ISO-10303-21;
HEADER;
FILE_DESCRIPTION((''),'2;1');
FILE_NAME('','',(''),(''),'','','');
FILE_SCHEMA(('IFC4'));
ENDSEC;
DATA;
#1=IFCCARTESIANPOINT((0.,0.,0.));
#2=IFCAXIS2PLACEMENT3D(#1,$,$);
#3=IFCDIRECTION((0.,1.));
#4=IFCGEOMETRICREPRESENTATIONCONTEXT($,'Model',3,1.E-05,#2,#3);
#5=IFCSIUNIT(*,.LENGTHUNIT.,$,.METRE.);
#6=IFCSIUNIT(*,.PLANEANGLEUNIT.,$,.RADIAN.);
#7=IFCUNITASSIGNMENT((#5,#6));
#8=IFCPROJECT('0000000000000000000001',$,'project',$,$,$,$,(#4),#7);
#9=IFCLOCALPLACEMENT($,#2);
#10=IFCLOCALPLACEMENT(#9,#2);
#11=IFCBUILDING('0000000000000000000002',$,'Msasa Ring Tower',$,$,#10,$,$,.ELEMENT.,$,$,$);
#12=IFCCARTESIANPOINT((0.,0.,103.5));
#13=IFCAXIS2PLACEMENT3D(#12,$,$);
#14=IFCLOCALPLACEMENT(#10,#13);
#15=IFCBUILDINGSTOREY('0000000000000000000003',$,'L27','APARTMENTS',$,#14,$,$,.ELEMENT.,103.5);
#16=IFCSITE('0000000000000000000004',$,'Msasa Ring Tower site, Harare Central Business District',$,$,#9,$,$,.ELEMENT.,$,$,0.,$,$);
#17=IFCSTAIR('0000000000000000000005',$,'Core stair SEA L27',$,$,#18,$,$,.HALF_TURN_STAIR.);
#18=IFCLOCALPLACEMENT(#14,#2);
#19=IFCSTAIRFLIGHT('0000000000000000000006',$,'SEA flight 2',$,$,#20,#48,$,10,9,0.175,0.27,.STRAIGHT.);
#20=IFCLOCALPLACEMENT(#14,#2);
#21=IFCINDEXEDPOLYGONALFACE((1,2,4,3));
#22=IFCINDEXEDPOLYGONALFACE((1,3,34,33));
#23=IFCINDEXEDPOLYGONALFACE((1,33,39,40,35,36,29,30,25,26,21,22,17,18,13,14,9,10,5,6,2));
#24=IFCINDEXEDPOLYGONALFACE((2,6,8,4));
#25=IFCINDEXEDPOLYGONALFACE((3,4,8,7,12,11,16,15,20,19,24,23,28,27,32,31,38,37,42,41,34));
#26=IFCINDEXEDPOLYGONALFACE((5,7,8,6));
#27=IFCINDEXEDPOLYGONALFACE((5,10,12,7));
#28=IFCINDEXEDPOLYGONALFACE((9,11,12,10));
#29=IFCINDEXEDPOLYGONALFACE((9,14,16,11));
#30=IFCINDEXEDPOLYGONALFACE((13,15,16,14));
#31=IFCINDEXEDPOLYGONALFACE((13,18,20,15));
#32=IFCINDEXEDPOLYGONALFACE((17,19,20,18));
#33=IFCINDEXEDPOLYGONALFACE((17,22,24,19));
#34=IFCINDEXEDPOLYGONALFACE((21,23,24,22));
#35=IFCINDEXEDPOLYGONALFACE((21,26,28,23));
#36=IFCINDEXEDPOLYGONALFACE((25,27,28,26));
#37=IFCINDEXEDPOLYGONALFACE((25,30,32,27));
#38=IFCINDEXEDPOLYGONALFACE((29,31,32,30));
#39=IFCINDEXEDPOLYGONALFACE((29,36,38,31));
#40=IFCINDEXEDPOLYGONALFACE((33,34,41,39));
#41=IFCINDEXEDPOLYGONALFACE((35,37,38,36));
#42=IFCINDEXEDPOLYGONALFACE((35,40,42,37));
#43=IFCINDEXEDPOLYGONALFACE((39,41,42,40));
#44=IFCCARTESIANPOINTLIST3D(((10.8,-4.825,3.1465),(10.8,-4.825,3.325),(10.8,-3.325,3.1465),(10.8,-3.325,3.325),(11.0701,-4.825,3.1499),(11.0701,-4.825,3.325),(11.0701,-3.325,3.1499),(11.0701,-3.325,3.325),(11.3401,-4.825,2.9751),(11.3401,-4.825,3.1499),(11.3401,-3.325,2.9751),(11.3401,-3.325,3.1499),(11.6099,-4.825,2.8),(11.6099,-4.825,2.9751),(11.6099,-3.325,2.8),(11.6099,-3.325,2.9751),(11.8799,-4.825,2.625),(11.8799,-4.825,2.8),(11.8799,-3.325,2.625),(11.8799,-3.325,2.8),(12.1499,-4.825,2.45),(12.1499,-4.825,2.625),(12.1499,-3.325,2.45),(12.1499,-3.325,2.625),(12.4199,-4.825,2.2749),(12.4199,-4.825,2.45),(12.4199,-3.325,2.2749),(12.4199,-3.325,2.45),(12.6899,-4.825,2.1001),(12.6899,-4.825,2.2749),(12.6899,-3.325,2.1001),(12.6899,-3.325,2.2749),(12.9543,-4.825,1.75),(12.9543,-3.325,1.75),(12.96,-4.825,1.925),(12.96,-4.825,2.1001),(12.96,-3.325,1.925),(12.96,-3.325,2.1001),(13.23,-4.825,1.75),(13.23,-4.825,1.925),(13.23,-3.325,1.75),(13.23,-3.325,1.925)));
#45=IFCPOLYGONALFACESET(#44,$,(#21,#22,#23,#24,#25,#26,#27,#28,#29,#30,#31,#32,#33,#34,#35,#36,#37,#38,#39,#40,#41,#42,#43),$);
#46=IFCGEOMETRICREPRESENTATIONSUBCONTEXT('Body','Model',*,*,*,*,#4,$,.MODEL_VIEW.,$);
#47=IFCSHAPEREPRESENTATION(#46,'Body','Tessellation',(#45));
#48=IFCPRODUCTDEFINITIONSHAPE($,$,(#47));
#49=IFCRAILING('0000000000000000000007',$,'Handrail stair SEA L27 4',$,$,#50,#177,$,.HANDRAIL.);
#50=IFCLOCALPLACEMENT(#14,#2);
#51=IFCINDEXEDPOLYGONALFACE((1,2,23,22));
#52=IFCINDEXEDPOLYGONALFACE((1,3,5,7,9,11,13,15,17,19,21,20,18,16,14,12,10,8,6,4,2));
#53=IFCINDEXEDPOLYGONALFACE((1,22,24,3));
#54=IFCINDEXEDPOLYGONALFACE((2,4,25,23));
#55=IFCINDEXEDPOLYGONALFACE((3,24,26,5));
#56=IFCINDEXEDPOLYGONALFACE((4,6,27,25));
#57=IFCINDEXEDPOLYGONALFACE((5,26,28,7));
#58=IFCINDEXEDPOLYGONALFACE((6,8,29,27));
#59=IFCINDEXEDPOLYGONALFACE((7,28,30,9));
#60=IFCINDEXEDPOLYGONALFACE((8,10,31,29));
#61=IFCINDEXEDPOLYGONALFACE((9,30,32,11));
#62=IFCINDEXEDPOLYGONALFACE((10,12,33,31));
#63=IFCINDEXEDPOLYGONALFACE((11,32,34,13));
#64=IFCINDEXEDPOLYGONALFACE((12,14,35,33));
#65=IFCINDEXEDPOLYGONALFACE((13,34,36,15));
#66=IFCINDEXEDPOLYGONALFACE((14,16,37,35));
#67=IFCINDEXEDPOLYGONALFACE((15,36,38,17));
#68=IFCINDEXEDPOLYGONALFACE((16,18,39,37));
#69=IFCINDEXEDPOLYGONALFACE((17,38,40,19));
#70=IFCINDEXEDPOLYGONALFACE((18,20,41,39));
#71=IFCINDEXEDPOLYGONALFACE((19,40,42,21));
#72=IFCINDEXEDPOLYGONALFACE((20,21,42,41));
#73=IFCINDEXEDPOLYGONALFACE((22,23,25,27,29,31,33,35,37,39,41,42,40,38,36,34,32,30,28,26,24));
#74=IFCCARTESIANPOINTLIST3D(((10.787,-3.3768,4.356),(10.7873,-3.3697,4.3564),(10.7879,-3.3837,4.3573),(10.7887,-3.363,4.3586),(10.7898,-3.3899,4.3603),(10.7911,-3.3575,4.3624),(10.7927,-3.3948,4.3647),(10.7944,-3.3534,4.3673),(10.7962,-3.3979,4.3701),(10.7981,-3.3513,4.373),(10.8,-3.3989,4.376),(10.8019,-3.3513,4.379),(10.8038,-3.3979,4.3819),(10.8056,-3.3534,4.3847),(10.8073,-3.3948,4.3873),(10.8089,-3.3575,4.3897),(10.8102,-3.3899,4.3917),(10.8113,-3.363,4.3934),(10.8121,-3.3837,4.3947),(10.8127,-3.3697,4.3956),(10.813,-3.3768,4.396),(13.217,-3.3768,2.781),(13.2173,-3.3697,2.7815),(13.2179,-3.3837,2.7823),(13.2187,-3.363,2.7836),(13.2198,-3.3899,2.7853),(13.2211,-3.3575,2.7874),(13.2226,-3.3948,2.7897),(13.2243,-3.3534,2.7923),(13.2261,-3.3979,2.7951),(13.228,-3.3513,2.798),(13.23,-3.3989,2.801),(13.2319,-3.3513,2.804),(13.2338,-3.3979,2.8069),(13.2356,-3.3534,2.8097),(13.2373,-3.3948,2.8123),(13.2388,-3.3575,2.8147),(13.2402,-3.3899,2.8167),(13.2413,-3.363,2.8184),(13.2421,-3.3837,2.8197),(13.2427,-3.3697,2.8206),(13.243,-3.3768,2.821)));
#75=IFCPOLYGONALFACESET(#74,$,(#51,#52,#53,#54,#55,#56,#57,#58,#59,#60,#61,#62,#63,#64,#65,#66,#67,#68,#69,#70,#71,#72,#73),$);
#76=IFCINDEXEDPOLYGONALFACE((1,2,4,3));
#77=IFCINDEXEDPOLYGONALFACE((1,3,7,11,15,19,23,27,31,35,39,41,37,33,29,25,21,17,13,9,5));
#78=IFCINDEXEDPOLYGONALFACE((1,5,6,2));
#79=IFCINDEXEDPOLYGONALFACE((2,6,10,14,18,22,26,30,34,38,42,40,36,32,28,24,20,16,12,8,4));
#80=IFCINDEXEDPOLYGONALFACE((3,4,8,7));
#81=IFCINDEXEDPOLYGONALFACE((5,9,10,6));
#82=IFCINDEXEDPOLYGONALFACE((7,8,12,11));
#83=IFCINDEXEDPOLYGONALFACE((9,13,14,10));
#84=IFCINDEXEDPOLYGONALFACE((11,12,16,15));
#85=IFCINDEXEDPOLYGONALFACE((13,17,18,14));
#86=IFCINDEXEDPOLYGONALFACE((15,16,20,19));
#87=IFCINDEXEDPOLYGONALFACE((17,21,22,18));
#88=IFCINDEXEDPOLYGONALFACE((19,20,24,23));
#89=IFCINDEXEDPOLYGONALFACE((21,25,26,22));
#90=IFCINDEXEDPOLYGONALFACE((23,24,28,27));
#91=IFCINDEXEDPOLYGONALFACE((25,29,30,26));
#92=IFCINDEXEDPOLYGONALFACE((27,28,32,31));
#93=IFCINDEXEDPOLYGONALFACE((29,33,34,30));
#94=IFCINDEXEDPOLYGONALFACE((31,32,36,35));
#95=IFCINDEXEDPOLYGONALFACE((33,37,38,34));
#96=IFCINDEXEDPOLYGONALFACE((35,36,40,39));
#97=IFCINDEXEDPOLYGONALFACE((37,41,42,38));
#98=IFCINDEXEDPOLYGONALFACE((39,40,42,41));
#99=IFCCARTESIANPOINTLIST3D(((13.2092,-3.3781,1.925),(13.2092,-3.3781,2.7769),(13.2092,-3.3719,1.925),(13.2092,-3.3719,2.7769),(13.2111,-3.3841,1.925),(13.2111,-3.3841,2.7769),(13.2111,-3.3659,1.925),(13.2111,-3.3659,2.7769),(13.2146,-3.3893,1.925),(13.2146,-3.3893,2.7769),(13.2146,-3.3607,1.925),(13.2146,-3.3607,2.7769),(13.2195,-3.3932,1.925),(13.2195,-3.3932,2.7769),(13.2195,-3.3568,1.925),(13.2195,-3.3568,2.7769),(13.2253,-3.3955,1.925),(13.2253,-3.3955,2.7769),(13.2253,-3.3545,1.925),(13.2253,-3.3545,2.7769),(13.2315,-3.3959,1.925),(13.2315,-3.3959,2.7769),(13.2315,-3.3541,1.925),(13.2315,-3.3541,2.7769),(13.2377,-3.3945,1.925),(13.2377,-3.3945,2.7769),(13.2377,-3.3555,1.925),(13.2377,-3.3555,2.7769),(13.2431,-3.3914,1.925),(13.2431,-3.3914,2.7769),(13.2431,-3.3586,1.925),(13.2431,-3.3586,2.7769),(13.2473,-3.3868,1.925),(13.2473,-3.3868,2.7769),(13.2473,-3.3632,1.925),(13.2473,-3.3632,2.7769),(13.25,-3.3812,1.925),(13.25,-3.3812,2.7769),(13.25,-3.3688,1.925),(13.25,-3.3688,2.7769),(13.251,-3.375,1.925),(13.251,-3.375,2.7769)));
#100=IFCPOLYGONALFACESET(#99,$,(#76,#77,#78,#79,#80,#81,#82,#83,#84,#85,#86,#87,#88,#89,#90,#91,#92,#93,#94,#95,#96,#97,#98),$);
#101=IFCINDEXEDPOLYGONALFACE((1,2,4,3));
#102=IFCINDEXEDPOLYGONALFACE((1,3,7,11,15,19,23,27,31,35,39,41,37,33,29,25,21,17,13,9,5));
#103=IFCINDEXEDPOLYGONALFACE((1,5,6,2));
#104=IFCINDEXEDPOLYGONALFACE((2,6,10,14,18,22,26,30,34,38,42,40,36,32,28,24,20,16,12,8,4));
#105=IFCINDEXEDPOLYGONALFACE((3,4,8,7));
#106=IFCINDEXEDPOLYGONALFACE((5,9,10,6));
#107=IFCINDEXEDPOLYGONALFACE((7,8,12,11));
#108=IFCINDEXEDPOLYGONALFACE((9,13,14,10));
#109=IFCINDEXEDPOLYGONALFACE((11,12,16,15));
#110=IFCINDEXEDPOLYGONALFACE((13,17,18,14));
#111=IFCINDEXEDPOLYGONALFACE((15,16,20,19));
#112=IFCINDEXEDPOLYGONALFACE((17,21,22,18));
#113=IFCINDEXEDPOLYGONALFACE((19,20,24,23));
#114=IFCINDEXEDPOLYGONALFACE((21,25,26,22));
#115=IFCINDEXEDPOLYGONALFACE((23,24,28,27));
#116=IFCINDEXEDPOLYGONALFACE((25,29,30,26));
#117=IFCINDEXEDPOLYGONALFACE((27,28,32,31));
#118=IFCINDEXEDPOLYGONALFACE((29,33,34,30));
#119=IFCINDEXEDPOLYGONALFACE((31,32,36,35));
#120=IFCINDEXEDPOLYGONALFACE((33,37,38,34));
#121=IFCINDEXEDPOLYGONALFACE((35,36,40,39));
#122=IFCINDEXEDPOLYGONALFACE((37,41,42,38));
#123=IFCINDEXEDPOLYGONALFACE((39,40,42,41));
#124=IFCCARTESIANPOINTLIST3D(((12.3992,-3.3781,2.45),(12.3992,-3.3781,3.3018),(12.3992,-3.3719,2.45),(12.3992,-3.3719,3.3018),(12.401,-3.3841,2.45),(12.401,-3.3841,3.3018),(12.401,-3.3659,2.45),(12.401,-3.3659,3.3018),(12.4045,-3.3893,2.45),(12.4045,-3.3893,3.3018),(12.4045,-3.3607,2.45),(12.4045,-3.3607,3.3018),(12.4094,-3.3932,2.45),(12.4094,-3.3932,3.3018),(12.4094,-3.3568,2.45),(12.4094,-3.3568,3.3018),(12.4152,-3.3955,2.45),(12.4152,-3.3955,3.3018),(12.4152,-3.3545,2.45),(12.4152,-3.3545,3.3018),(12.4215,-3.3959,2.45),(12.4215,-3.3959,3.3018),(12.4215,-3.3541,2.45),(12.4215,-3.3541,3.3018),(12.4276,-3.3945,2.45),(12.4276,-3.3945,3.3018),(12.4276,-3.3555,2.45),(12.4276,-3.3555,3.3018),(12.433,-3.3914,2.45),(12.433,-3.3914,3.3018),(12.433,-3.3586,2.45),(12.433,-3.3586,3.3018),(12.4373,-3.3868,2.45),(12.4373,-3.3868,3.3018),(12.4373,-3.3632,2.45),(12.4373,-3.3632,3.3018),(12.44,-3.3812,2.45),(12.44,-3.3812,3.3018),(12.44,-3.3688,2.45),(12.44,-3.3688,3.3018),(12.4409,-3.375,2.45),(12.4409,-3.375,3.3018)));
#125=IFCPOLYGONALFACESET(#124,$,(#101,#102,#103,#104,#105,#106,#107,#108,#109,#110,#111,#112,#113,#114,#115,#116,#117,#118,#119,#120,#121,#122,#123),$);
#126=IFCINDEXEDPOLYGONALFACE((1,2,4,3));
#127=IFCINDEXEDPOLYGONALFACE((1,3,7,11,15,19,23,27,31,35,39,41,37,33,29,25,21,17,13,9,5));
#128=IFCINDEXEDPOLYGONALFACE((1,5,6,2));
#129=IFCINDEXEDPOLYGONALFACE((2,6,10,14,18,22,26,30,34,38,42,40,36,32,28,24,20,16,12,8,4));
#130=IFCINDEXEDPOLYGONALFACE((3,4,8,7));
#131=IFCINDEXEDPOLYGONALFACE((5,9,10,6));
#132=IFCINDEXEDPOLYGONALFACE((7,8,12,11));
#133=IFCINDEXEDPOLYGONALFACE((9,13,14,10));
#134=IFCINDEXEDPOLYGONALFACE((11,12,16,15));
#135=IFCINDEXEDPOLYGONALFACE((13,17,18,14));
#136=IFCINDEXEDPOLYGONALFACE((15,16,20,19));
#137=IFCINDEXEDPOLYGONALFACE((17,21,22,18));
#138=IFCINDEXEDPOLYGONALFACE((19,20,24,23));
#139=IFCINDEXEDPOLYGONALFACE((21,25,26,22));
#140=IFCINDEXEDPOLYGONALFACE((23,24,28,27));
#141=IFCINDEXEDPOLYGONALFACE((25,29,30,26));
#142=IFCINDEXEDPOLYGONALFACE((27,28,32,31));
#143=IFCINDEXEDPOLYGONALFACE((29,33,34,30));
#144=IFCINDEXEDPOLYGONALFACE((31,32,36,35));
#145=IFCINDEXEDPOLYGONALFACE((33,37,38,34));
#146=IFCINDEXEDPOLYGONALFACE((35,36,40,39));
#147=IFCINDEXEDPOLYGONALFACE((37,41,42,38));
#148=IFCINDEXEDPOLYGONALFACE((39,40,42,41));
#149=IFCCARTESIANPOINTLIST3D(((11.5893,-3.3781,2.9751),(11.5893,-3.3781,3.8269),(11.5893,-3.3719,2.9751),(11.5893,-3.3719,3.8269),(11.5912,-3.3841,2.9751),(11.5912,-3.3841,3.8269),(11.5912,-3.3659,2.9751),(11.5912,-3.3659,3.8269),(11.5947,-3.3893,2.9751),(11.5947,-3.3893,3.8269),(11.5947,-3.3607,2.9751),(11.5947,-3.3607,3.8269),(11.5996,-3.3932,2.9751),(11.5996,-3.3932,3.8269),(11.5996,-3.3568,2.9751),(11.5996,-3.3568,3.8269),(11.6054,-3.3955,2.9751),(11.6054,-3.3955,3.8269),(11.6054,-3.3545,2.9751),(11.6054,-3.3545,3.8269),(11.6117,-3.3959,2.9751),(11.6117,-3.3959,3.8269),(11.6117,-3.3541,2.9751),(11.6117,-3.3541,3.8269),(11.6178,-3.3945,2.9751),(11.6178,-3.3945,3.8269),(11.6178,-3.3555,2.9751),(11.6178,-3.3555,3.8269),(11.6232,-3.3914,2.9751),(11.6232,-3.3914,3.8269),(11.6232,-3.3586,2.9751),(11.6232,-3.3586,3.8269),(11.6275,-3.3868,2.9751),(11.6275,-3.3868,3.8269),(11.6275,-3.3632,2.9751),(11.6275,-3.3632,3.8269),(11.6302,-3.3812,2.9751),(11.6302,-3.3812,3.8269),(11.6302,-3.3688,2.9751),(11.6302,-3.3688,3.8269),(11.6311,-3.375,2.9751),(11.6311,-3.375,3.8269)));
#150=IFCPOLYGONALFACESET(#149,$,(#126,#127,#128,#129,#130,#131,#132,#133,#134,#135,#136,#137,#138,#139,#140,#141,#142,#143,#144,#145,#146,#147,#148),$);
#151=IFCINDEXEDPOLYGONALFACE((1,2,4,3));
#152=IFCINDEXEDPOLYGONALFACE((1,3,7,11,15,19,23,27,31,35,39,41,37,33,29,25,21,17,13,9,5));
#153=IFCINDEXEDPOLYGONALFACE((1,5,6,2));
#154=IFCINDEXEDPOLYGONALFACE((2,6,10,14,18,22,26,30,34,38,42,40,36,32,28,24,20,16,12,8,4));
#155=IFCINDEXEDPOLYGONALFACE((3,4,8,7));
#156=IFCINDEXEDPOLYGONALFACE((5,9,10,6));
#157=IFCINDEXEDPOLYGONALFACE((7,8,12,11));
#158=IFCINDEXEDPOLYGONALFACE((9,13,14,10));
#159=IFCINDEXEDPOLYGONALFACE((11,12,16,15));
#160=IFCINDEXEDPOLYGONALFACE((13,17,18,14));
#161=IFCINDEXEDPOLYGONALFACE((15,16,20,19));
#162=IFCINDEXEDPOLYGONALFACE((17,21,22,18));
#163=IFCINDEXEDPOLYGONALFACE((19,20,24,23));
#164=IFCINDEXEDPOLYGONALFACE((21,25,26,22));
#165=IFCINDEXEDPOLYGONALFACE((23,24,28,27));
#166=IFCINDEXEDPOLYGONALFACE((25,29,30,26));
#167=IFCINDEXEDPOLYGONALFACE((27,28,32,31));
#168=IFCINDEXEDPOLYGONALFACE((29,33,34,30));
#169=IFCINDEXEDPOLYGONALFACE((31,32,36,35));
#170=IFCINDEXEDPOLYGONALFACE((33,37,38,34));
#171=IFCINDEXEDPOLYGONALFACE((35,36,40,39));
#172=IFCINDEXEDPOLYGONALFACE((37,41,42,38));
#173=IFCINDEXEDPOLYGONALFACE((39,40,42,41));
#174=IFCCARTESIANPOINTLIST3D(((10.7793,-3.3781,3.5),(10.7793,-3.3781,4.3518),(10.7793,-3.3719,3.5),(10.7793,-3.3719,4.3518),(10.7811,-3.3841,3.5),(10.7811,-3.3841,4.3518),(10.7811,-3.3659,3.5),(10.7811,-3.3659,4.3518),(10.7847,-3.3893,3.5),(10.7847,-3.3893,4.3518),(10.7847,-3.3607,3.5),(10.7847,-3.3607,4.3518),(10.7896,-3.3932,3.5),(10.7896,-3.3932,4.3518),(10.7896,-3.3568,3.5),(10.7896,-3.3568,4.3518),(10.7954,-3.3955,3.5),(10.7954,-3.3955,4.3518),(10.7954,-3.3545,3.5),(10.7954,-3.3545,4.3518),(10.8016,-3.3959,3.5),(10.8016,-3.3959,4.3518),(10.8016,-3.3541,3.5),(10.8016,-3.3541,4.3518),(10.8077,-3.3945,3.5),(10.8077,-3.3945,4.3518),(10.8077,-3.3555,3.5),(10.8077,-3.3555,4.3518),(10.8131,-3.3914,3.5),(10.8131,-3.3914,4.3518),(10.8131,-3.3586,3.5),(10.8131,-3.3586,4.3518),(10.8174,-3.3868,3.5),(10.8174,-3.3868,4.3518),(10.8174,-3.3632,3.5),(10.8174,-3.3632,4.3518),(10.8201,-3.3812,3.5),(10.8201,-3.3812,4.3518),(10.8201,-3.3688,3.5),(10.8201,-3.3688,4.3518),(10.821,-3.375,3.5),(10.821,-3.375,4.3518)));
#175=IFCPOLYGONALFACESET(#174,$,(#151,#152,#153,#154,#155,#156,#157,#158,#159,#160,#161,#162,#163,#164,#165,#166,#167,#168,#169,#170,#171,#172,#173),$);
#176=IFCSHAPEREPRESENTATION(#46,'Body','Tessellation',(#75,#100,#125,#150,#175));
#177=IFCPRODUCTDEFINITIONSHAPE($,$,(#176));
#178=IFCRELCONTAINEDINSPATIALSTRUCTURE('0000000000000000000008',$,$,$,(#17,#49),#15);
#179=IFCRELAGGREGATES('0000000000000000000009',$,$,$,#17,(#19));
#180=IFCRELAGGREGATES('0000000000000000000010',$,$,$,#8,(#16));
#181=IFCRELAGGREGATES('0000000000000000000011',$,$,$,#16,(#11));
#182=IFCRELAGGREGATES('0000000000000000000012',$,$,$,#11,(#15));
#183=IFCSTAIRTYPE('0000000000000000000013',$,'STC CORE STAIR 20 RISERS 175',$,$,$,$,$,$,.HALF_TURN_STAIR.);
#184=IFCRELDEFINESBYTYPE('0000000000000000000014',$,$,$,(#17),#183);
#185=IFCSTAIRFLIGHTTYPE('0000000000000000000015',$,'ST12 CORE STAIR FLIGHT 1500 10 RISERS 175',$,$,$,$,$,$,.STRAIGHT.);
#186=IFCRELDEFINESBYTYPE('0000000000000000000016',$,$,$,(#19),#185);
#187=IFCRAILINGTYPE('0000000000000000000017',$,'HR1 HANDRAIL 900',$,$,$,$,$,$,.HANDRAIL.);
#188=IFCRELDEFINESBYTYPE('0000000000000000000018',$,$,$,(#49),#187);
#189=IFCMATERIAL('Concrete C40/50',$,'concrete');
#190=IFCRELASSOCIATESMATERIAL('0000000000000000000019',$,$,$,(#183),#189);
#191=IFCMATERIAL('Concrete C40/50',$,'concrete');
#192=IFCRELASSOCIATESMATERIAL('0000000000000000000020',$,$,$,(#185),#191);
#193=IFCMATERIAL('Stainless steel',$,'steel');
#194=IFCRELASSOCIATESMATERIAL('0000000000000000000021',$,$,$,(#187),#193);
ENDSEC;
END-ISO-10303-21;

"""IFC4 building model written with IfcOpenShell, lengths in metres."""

from ifc_helpers import new_model, si_unit, direction, frame, origin, origin_2d, place, context, subcontext, project, spatial, polyline, circle, outline, extrude, material, type_object, element, aggregate, save


model = new_model("IFC4")

# Units and contexts
model_context = context("Model", 3, precision=1e-05, world=origin(), true_north=direction((0.0, 1.0)))
body_context = subcontext(model_context, "Body", "Model", "MODEL_VIEW")
ifc_project = project(units=[si_unit("LENGTHUNIT", "METRE"), si_unit("PLANEANGLEUNIT", "RADIAN")], contexts=[model_context])

# Site, building, storey
site_placement = place(None, origin())
site = spatial("IfcSite", under=ifc_project, at=site_placement, Name="Msasa Ring Tower site, Harare Central Business District", CompositionType="ELEMENT", RefElevation=0.0)
building_placement = place(site_placement, origin())
building = spatial("IfcBuilding", under=site, at=building_placement, Name="Msasa Ring Tower", CompositionType="ELEMENT")
storey_placement = place(building_placement, frame((0.0, 0.0, 103.5)))
storey = spatial("IfcBuildingStorey", under=building, at=storey_placement, Name="L27", Description="APARTMENTS", CompositionType="ELEMENT", Elevation=103.5)

# Stair, stair flight
ifc_material_1 = material(Name="Concrete C40/50", Category="concrete")
stair_type = type_object("IfcStairType", Name="STC CORE STAIR 20 RISERS 175", PredefinedType="HALF_TURN_STAIR", material=ifc_material_1)
stair_placement = place(storey_placement, origin())
stair = element("IfcStair", 1, at=stair_placement, inside=storey, type_object=stair_type, Name="Core stair SEA L27", PredefinedType="HALF_TURN_STAIR")
ifc_material_2 = material(Name="Concrete C40/50", Category="concrete")
stair_flight_type = type_object("IfcStairFlightType", Name="ST12 CORE STAIR FLIGHT 1500 10 RISERS 175", PredefinedType="STRAIGHT", material=ifc_material_2)
stair_flight_placement = place(storey_placement, frame((13.23, -4.075, 1.75), z_axis=(0.0, 0.0, 1.0), x_axis=(-1.0, 0.0, 0.0)))
stair_flight = element("IfcStairFlight", 2, at=stair_flight_placement, type_object=stair_flight_type, Name="SEA flight 2", NumberOfRisers=10, NumberOfTreads=9, PredefinedType="STRAIGHT", RiserHeight=0.175, TreadLength=0.27, context=body_context, shape_type="SweptSolid", body=[
    extrude(outline(polyline([(0.0, 0.0), (0.0, 0.175), (0.27, 0.175), (0.27, 0.3501), (0.54, 0.3501), (0.54, 0.5249), (0.8101, 0.5249), (0.8101, 0.7), (1.0801, 0.7), (1.0801, 0.875), (1.3501, 0.875), (1.3501, 1.05), (1.6201, 1.05), (1.6201, 1.2251), (1.8899, 1.2251), (1.8899, 1.3999), (2.1599, 1.3999), (2.1599, 1.575), (2.4299, 1.575), (2.4299, 1.75), (2.4299, 1.3965), (0.2756, 0.0), (0.0, 0.0)])), frame((0.0, 0.75, 0.0), z_axis=(0.0, -1.0, 0.0), x_axis=(1.0, 0.0, 0.0)), (0.0, 0.0, 1.0), 1.5),
])
aggregate(stair, [stair_flight])

# Railing
ifc_material_3 = material(Name="Stainless steel", Category="steel")
railing_type = type_object("IfcRailingType", Name="HR1 HANDRAIL 900", PredefinedType="HANDRAIL", material=ifc_material_3)
railing_placement = place(storey_placement, frame((13.23, -3.375, 1.925)))
element("IfcRailing", 3, at=railing_placement, inside=storey, type_object=railing_type, Name="Handrail stair SEA L27 4", PredefinedType="HANDRAIL", context=body_context, shape_type="SweptSolid", body=[
    extrude(circle(Radius=0.0239, at=origin_2d()), frame((0.0, 0.0, 0.876), z_axis=(-0.839154, 0.0, 0.543894), x_axis=(0.0, -1.0, 0.0)), (0.0, 0.0, 1.0), 2.8958),
    extrude(circle(Radius=0.021, at=origin_2d()), origin(), (0.0, 0.0, 1.0), 0.8518),
    extrude(circle(Radius=0.021, at=origin_2d()), frame((-0.8101, 0.0, 0.5249)), (0.0, 0.0, 1.0), 0.8518),
    extrude(circle(Radius=0.021, at=origin_2d()), frame((-1.6199, 0.0, 1.05)), (0.0, 0.0, 1.0), 0.8518),
    extrude(circle(Radius=0.021, at=origin_2d()), frame((-2.4299, 0.0, 1.575)), (0.0, 0.0, 1.0), 0.8518),
])

save(model, "model.ifc")
